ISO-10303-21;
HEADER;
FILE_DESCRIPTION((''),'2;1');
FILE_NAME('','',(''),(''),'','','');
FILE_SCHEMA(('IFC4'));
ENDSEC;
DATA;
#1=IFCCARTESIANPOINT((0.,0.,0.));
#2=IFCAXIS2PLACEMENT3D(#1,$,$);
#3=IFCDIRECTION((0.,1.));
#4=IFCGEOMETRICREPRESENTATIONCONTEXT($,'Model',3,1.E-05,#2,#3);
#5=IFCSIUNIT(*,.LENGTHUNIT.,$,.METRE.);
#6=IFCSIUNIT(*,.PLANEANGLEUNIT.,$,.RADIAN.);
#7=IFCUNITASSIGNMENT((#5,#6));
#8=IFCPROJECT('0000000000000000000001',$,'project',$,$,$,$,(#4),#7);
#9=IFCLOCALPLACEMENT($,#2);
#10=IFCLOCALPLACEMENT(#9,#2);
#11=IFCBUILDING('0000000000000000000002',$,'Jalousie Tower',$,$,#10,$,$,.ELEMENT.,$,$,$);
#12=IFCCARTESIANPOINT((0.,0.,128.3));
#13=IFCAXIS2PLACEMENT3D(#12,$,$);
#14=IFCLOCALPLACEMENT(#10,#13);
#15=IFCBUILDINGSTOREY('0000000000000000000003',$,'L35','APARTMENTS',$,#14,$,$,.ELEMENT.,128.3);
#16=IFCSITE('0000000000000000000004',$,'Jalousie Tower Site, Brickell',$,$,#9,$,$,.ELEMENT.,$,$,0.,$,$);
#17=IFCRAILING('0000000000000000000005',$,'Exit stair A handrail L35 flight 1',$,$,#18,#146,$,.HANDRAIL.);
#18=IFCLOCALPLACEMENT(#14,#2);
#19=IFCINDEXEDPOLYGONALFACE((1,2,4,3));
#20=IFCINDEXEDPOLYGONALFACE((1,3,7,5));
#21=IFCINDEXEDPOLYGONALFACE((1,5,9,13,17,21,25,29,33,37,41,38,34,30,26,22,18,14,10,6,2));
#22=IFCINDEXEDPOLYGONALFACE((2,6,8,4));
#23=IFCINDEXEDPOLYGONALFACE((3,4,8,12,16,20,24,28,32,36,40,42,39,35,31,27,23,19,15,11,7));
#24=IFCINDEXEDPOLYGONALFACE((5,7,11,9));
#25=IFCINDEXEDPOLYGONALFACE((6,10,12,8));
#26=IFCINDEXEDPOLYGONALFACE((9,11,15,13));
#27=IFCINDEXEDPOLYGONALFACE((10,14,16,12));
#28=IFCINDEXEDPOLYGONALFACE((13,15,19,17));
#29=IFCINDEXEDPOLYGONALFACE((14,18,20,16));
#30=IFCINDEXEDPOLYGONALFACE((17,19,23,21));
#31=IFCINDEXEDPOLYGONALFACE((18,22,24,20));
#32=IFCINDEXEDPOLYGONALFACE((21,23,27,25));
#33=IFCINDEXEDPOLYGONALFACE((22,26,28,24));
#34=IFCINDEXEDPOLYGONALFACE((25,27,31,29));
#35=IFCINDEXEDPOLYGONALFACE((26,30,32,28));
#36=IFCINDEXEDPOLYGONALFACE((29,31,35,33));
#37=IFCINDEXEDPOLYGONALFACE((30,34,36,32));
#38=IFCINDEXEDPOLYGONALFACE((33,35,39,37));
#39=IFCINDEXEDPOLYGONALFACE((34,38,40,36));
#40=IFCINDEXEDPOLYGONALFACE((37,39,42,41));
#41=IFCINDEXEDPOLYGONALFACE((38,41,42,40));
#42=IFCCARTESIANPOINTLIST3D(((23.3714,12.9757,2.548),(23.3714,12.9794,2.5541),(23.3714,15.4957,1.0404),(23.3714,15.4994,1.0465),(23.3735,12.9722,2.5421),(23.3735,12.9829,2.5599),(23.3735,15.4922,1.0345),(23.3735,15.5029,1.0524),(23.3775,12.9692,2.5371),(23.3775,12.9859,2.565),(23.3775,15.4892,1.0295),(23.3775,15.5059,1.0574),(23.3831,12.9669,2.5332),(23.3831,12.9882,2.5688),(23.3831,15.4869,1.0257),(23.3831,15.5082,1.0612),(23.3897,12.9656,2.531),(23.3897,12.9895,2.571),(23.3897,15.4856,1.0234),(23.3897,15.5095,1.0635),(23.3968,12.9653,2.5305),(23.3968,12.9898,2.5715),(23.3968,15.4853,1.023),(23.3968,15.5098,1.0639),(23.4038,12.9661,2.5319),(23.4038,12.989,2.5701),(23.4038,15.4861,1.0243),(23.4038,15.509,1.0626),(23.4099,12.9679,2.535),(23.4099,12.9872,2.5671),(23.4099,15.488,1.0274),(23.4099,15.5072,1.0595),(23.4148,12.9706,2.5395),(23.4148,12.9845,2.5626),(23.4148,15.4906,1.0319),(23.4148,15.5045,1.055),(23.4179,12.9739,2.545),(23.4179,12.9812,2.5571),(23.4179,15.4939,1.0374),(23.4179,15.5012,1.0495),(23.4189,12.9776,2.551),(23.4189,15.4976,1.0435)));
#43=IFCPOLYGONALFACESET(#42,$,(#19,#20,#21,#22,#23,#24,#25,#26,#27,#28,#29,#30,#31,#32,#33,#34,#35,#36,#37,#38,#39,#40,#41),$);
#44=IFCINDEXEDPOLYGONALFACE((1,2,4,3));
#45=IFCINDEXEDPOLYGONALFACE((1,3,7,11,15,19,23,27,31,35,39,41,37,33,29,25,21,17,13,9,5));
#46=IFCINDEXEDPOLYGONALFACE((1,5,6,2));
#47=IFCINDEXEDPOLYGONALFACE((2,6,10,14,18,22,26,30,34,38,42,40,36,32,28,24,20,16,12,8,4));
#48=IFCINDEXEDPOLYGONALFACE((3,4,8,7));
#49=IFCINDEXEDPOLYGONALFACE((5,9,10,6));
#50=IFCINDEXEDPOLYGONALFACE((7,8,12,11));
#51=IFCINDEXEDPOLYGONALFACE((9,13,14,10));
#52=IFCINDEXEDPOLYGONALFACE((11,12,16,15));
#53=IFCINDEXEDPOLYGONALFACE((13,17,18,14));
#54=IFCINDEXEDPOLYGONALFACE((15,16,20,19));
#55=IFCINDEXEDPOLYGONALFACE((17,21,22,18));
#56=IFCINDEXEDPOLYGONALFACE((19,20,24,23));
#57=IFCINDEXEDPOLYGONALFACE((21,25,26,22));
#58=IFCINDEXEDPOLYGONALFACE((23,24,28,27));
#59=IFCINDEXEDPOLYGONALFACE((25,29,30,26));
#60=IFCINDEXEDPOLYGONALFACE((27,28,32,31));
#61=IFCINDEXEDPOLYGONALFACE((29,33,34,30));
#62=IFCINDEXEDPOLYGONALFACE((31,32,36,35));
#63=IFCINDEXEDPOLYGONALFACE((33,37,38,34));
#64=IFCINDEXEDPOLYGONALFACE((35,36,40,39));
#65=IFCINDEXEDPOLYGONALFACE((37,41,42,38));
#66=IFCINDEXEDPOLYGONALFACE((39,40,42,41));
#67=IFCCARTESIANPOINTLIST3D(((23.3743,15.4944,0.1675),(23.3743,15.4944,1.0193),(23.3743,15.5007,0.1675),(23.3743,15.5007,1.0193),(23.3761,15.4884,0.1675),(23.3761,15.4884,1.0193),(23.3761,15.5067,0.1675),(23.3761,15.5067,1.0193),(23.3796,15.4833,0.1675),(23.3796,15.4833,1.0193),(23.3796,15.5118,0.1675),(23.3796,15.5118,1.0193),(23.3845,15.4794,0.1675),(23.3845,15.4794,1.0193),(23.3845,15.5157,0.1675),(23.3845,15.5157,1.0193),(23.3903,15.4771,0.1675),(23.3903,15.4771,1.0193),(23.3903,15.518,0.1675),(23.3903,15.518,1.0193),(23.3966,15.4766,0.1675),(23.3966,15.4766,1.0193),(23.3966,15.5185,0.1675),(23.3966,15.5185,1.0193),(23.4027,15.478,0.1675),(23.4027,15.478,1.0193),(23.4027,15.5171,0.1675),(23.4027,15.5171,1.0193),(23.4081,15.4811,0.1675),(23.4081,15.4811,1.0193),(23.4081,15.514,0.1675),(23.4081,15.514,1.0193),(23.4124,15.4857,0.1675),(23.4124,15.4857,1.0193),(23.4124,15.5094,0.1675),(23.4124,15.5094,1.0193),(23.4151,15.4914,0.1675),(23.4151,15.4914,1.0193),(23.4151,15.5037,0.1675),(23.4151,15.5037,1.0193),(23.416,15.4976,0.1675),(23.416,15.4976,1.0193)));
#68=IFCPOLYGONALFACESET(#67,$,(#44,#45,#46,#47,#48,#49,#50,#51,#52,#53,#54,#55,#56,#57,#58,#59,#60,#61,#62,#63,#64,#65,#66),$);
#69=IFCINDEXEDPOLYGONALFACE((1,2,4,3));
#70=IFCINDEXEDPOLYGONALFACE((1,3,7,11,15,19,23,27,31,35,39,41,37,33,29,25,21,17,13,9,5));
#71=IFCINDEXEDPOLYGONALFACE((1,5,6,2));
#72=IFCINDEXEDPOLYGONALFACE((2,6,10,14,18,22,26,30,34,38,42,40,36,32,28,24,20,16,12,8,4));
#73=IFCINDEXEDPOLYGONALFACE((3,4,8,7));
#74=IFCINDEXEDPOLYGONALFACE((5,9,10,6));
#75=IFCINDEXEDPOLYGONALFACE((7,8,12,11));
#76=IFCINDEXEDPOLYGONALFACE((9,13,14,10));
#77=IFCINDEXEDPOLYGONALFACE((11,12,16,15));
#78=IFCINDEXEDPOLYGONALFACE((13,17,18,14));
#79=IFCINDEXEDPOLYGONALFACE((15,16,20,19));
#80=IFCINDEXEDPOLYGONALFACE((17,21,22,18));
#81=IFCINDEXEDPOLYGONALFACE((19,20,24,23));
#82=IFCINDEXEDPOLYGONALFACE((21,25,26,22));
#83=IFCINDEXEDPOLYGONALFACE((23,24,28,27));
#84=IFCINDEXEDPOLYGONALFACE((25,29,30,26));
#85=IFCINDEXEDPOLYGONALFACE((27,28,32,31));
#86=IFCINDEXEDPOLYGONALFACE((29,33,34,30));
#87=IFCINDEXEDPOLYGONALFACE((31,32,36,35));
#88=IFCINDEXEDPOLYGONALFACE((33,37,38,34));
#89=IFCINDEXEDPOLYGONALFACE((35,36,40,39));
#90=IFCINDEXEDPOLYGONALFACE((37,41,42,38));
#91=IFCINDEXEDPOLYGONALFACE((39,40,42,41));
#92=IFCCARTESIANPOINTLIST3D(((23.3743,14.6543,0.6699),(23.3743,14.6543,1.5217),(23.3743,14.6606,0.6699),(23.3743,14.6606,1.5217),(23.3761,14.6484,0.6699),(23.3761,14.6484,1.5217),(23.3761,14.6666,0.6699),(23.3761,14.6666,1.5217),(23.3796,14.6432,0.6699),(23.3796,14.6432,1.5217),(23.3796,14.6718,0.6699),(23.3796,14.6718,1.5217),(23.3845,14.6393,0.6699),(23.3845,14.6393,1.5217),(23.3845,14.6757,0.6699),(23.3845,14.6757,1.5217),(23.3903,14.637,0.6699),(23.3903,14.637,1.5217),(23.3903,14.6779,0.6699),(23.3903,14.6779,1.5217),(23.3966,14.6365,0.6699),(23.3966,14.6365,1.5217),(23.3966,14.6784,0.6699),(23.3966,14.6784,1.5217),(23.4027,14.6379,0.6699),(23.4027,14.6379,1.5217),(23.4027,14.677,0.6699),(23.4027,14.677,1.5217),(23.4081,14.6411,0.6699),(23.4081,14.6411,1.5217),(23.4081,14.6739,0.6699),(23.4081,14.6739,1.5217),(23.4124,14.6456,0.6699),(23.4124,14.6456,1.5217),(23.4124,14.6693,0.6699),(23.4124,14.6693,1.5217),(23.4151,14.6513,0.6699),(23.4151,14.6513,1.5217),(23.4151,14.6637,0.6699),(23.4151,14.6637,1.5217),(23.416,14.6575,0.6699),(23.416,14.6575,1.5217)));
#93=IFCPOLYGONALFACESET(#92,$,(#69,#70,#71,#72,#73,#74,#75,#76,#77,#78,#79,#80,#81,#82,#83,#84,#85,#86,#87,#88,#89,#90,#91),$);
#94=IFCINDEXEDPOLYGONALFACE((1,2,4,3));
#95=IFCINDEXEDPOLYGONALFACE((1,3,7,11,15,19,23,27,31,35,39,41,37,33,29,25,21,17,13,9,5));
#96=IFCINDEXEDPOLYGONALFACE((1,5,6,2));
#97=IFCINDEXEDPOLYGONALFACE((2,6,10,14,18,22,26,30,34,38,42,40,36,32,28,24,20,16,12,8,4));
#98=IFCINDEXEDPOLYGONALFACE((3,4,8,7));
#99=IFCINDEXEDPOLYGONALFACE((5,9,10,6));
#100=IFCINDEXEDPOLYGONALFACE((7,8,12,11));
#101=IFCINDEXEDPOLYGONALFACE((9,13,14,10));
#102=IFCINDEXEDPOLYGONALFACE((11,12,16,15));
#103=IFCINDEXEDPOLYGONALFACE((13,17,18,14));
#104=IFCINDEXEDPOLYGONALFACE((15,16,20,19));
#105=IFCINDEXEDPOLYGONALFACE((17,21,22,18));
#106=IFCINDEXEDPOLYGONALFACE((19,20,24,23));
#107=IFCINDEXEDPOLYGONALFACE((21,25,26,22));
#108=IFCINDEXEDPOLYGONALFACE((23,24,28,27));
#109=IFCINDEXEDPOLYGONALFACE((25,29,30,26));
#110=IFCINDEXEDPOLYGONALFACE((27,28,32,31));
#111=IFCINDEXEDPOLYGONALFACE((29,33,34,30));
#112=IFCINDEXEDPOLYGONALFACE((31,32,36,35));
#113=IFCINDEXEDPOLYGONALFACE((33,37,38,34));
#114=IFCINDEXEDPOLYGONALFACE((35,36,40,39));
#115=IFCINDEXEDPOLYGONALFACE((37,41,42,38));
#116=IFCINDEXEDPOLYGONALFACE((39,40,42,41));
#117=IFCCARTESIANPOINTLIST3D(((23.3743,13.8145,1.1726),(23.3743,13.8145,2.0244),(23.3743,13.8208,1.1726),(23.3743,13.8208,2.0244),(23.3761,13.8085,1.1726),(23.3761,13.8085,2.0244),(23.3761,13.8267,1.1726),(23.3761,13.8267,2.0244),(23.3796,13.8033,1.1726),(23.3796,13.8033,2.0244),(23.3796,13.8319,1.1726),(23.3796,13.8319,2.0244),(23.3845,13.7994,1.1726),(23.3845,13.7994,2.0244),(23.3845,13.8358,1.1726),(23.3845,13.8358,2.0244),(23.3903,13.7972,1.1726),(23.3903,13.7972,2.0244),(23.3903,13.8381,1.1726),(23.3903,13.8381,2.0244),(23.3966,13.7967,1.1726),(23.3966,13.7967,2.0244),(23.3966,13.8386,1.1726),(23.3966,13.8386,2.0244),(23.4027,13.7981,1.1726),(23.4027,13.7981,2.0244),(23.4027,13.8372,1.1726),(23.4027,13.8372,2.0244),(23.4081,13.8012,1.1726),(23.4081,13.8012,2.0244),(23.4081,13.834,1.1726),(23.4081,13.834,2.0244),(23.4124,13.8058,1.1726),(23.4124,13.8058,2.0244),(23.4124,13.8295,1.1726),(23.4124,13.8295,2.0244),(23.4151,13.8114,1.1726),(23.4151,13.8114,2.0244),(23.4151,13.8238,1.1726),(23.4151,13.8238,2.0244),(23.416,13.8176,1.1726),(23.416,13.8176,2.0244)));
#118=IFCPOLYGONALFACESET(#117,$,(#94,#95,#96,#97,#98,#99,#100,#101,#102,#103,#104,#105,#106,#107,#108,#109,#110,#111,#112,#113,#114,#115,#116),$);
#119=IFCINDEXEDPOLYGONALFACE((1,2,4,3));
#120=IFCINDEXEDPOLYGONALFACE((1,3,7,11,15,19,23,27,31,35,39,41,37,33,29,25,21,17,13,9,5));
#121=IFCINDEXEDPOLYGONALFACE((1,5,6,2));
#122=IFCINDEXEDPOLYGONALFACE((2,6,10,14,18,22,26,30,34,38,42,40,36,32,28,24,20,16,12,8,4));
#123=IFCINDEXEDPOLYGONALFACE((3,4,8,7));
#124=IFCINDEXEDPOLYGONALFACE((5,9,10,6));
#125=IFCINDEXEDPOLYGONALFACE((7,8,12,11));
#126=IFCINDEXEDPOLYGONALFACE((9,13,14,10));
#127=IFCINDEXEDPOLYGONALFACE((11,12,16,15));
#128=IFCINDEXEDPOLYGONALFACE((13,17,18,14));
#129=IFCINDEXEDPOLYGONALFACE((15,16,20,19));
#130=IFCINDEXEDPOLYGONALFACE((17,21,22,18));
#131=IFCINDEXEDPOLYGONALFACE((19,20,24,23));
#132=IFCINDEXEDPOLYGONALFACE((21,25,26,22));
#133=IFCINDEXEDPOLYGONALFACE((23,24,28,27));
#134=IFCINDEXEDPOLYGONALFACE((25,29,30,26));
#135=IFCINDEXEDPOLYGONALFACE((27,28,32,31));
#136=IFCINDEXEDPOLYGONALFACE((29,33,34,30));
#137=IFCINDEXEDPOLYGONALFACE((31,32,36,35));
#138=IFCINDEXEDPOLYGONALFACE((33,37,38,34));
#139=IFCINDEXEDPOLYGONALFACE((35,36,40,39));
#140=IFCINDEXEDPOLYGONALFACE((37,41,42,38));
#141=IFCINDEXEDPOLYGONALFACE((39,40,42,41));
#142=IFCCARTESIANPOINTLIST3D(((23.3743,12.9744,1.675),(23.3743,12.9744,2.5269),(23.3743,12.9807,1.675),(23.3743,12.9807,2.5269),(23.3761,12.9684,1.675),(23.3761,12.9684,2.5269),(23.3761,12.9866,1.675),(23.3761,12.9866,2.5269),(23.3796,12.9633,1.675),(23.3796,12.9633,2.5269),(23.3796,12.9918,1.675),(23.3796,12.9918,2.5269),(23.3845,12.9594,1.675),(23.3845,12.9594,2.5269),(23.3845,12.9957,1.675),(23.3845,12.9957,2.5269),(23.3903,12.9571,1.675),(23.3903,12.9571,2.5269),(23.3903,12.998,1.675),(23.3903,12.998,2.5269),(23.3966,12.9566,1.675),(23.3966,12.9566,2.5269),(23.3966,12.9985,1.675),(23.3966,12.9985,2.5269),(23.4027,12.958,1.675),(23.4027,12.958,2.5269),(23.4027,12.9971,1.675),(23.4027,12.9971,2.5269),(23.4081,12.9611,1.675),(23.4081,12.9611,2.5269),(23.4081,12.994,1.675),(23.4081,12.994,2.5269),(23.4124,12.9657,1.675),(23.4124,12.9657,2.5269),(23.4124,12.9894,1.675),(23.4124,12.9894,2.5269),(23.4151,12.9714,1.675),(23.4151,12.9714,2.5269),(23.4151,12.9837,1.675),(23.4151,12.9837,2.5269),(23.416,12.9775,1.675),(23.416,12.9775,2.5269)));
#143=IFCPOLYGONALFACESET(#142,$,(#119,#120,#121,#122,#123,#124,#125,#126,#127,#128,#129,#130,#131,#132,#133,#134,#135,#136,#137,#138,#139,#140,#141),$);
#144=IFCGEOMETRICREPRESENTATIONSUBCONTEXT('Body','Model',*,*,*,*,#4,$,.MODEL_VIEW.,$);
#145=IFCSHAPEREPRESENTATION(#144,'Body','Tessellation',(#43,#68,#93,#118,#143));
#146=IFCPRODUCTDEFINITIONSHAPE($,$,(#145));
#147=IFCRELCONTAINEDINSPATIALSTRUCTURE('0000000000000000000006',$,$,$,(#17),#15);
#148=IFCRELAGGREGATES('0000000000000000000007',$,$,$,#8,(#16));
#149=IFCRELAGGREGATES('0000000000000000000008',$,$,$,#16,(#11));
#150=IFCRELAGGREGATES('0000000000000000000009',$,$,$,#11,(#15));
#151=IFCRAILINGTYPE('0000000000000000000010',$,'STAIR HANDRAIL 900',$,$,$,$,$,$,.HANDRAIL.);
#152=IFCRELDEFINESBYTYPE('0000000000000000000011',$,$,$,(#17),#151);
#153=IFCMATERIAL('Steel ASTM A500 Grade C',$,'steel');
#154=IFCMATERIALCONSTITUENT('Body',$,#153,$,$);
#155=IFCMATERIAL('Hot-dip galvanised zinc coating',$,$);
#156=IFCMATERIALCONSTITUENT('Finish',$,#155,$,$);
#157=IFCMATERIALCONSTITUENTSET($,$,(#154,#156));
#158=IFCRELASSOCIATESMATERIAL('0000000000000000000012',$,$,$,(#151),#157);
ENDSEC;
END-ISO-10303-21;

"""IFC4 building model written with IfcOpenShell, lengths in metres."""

from ifc_helpers import new_model, si_unit, direction, frame, origin, origin_2d, place, context, subcontext, project, spatial, circle, extrude, material, constituent, constituent_set, type_object, element, save


model = new_model("IFC4")

# Units and contexts
model_context = context("Model", 3, precision=1e-05, world=origin(), true_north=direction((0.0, 1.0)))
body_context = subcontext(model_context, "Body", "Model", "MODEL_VIEW")
ifc_project = project(units=[si_unit("LENGTHUNIT", "METRE"), si_unit("PLANEANGLEUNIT", "RADIAN")], contexts=[model_context])

# Site, building, storey
site_placement = place(None, origin())
site = spatial("IfcSite", under=ifc_project, at=site_placement, Name="Jalousie Tower Site, Brickell", CompositionType="ELEMENT", RefElevation=0.0)
building_placement = place(site_placement, origin())
building = spatial("IfcBuilding", under=site, at=building_placement, Name="Jalousie Tower", CompositionType="ELEMENT")
storey_placement = place(building_placement, frame((0.0, 0.0, 128.3)))
storey = spatial("IfcBuildingStorey", under=building, at=storey_placement, Name="L35", Description="APARTMENTS", CompositionType="ELEMENT", Elevation=128.3)

# Railing
ifc_material_1 = material(Name="Steel ASTM A500 Grade C", Category="steel")
ifc_constituent_1 = constituent(ifc_material_1, Name="Body")
ifc_material_2 = material(Name="Hot-dip galvanised zinc coating")
ifc_constituent_2 = constituent(ifc_material_2, Name="Finish")
ifc_constituent_set_1 = constituent_set(constituents=[ifc_constituent_1, ifc_constituent_2])
railing_type_1 = type_object("IfcRailingType", Name="STAIR HANDRAIL 900", PredefinedType="HANDRAIL", material=ifc_constituent_set_1)
railing_1_placement = place(storey_placement, frame((23.395, 15.4976, 0.1675)))
element("IfcRailing", 1, at=railing_1_placement, inside=storey, type_object=railing_type_1, Name="Exit stair A handrail L35 flight 1", PredefinedType="HANDRAIL", context=body_context, shape_type="SweptSolid", body=[
    extrude(circle(Radius=0.0239, at=origin_2d()), frame((0.0, 0.0, 0.876), z_axis=(0.0, -0.85816, 0.513383), x_axis=(1.0, 0.0, 0.0)), (0.0, 0.0, 1.0), 2.9365),
    extrude(circle(Radius=0.021, at=origin_2d()), origin(), (0.0, 0.0, 1.0), 0.8518),
    extrude(circle(Radius=0.021, at=origin_2d()), frame((0.0, -0.8401, 0.5024)), (0.0, 0.0, 1.0), 0.8518),
    extrude(circle(Radius=0.021, at=origin_2d()), frame((0.0, -1.6799, 1.0051)), (0.0, 0.0, 1.0), 0.8518),
    extrude(circle(Radius=0.021, at=origin_2d()), frame((0.0, -2.52, 1.5076)), (0.0, 0.0, 1.0), 0.8518),
])

save(model, "model.ifc")
